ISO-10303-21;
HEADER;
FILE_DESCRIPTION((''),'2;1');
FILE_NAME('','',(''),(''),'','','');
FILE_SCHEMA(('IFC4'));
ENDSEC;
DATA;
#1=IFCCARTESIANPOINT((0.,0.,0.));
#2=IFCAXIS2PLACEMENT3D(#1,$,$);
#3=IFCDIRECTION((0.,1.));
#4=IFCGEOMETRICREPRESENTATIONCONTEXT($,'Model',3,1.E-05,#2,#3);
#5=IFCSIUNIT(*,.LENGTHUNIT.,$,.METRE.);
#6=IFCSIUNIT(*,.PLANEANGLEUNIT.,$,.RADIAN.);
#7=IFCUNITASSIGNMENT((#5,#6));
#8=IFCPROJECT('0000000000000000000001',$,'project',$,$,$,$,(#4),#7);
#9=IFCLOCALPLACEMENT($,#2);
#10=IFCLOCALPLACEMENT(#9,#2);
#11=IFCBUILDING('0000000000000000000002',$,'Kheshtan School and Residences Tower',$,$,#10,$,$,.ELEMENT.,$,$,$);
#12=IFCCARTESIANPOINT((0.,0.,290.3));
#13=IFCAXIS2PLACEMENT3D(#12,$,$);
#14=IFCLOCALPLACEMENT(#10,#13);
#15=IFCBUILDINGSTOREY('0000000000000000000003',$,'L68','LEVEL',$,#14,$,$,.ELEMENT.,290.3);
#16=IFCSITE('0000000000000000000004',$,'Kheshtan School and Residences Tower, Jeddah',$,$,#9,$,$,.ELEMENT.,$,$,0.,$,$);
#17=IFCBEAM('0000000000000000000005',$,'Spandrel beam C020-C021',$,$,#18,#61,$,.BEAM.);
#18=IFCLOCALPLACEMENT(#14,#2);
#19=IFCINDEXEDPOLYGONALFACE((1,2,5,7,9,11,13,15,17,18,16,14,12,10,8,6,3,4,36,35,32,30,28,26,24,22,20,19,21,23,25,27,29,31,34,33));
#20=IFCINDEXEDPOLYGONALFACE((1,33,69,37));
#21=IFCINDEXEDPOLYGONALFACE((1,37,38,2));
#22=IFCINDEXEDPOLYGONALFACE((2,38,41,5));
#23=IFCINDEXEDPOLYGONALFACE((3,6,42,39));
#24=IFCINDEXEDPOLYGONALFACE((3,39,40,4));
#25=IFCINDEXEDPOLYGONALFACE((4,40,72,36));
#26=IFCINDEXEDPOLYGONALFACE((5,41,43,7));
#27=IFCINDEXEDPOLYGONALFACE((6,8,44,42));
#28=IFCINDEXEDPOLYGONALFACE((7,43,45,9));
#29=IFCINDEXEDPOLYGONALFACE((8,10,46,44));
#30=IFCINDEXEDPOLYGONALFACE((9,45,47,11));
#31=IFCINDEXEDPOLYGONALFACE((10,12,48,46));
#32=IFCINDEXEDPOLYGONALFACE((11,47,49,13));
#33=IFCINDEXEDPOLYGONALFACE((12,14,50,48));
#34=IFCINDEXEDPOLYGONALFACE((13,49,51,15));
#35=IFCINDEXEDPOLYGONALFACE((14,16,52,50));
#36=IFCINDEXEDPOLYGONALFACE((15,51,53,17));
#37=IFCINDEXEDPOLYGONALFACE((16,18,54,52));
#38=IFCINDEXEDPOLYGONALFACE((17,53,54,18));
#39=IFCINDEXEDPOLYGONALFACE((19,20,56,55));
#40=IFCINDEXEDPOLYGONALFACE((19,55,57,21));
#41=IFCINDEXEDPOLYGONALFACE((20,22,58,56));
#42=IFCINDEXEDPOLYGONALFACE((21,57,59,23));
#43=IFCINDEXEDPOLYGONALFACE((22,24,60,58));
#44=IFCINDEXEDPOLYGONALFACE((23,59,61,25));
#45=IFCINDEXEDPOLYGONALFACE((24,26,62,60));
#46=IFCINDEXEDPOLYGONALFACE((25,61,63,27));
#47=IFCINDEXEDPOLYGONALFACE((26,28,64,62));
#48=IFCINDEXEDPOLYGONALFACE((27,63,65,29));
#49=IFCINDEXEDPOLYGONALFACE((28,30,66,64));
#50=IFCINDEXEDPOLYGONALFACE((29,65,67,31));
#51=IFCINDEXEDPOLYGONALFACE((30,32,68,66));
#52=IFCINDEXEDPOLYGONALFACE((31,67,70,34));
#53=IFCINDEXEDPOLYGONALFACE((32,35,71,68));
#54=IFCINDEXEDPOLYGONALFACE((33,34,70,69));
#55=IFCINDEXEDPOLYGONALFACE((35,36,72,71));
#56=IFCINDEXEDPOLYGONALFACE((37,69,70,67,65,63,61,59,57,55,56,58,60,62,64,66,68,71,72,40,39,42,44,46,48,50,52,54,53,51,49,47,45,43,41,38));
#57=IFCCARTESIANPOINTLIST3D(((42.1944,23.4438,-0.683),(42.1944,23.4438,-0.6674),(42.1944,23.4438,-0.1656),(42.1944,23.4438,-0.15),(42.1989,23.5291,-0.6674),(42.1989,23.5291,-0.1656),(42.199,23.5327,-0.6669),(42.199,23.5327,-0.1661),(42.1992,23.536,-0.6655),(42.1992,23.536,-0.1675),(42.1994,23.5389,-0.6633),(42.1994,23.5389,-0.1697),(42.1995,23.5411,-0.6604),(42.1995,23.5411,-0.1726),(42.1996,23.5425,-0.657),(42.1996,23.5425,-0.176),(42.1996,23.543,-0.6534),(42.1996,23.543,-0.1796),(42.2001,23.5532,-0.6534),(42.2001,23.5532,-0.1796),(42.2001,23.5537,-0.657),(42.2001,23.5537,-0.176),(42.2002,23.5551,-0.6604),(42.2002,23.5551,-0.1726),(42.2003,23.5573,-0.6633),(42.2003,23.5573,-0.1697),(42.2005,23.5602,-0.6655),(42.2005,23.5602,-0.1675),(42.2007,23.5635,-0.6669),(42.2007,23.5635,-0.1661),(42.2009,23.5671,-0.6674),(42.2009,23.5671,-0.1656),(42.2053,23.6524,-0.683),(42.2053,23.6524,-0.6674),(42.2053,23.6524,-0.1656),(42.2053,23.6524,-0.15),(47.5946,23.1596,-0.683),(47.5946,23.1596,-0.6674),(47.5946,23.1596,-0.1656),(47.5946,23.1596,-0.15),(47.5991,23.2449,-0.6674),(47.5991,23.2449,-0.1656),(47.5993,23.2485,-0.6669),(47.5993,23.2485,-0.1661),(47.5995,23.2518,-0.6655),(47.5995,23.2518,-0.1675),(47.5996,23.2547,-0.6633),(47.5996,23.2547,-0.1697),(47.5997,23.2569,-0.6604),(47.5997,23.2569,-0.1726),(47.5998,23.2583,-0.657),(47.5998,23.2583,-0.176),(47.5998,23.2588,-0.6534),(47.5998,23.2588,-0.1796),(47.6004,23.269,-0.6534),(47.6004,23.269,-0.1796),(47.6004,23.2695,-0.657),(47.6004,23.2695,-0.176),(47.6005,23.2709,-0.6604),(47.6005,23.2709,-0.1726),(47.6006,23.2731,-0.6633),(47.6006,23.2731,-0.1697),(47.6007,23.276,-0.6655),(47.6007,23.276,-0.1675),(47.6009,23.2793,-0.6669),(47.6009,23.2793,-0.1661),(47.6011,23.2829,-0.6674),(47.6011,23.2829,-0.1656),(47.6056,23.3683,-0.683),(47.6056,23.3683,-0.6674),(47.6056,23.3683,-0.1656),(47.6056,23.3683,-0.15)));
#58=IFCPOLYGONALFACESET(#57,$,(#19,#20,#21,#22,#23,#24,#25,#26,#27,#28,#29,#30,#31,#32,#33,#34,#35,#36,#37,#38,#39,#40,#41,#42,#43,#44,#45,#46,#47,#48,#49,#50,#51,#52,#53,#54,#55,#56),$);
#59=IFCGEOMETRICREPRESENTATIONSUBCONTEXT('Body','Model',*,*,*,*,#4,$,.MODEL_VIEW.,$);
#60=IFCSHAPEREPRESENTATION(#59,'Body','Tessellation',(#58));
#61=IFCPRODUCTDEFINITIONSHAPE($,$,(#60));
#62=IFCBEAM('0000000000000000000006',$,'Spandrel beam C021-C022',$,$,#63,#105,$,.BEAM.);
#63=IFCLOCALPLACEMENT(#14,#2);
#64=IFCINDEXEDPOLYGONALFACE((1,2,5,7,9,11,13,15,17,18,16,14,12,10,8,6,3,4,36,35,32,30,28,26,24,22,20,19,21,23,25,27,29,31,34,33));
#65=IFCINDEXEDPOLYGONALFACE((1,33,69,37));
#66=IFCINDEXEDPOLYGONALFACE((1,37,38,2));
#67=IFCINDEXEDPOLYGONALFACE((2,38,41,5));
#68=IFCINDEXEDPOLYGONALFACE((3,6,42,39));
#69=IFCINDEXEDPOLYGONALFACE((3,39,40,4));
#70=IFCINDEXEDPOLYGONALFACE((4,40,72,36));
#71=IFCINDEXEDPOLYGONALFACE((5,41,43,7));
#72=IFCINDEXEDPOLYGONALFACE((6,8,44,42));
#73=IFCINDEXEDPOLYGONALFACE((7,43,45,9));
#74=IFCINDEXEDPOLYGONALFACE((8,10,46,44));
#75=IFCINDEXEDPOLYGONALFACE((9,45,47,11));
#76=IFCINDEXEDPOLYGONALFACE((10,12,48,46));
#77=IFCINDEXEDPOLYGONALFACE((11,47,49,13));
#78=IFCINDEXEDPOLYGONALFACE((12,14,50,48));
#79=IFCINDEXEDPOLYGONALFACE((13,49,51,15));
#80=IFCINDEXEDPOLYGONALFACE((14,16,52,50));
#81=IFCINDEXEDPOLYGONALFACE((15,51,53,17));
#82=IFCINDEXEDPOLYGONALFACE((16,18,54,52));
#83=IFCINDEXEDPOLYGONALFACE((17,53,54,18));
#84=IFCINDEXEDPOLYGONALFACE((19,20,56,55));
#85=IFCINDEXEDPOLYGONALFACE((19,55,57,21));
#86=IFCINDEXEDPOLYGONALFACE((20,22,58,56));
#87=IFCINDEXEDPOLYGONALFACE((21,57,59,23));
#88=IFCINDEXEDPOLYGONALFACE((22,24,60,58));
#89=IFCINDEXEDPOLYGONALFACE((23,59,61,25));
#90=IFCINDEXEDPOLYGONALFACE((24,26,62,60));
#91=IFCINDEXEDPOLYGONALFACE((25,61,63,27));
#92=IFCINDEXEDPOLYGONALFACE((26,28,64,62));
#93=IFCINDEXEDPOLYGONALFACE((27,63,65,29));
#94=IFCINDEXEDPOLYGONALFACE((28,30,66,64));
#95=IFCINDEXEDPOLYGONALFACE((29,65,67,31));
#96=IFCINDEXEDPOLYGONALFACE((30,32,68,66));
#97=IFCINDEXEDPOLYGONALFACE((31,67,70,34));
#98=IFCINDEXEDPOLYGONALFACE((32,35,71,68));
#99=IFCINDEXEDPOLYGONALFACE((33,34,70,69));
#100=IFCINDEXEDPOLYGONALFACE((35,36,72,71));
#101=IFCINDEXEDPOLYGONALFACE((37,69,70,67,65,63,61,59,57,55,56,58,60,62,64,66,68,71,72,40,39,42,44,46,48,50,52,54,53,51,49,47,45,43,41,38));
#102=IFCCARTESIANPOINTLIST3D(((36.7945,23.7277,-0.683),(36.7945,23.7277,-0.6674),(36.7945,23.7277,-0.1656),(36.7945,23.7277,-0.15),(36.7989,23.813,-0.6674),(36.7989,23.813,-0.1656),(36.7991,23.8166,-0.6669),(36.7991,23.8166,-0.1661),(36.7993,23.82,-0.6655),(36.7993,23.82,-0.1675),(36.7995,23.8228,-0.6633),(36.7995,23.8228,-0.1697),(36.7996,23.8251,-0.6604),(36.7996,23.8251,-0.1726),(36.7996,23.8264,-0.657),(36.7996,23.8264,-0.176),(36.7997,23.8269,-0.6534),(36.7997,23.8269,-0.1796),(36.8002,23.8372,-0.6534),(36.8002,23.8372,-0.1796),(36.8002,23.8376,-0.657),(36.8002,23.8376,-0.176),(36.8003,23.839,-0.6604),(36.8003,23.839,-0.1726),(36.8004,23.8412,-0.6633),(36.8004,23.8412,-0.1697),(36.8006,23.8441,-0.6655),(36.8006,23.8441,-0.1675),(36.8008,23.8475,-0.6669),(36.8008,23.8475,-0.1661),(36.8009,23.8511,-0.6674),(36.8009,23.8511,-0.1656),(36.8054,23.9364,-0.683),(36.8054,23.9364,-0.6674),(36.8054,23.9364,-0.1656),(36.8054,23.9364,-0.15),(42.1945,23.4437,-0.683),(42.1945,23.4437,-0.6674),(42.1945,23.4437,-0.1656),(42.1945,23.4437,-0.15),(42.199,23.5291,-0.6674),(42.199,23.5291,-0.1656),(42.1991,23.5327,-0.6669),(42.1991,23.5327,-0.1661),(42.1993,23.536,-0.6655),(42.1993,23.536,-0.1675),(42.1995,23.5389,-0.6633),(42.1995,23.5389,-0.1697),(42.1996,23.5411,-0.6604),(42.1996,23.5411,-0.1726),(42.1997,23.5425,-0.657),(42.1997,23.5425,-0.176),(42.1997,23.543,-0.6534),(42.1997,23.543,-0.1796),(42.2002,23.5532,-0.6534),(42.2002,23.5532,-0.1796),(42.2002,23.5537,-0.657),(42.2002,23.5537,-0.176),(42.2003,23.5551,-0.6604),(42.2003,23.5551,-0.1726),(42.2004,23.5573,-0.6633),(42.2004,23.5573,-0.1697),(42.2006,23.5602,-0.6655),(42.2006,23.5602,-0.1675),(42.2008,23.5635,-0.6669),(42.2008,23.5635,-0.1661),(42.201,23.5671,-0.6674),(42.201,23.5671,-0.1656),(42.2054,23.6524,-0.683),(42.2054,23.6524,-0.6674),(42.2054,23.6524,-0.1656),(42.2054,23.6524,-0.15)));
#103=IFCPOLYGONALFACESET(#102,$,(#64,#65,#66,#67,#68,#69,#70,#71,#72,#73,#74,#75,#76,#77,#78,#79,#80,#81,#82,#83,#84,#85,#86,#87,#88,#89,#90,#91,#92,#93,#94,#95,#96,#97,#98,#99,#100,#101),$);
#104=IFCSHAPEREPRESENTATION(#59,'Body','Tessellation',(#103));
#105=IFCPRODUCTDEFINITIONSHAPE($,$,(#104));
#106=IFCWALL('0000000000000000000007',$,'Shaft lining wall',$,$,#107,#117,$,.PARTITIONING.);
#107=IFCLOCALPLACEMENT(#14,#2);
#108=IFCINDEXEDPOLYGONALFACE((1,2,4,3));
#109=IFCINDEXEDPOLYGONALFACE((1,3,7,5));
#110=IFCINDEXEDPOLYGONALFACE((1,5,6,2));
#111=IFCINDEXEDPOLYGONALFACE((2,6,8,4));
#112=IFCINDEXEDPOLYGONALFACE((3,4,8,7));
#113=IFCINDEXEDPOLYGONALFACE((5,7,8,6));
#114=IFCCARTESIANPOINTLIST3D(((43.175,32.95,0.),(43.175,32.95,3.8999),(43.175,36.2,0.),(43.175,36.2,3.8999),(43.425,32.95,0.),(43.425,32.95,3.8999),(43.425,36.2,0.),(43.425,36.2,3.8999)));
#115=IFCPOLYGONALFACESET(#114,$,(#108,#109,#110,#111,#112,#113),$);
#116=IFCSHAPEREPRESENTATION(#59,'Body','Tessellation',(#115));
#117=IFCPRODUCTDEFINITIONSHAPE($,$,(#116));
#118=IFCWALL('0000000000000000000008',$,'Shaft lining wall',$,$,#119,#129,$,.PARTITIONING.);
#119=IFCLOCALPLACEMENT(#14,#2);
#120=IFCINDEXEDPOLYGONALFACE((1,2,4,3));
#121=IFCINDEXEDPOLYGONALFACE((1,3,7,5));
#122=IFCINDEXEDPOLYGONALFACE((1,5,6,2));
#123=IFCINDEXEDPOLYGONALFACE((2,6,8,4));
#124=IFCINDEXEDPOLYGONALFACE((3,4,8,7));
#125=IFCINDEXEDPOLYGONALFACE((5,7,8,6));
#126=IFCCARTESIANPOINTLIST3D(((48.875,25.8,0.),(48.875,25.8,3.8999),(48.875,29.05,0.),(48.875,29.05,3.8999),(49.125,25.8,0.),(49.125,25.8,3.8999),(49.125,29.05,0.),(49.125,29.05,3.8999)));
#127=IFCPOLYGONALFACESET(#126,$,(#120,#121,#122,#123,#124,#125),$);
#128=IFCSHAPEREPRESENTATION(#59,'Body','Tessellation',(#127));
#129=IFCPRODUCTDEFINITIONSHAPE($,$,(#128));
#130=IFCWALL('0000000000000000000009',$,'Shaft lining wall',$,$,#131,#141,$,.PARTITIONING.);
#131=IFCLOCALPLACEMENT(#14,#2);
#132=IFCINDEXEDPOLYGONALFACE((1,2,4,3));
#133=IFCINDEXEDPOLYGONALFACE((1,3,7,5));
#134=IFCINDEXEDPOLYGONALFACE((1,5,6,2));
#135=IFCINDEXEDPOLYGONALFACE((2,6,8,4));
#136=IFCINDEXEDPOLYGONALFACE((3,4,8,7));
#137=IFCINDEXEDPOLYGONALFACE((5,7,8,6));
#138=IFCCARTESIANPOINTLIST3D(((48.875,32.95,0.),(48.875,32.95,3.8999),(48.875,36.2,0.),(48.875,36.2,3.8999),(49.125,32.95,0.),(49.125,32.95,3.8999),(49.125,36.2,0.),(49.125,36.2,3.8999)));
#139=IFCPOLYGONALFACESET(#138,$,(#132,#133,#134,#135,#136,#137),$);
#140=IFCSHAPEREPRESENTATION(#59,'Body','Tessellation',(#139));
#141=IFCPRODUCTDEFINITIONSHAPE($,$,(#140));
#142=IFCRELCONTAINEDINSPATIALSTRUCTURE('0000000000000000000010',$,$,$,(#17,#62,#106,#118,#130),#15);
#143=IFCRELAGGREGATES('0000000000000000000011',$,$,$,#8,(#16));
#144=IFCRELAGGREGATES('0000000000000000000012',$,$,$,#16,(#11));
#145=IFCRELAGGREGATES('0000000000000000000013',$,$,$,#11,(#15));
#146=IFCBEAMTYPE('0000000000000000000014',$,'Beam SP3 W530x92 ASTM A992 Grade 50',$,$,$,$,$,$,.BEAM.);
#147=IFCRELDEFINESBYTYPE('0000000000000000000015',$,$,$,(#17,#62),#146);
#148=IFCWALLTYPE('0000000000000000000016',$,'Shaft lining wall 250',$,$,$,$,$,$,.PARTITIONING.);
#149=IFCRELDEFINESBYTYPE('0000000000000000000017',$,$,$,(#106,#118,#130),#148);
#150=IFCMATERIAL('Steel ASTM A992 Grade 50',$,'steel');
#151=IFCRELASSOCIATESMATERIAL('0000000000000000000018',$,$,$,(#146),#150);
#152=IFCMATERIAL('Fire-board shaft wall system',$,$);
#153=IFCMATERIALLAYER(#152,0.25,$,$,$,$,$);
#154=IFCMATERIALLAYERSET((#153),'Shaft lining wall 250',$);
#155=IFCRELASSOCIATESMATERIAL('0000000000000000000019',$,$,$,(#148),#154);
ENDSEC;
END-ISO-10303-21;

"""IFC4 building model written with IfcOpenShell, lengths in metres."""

from ifc_helpers import new_model, si_unit, direction, frame, frame_2d, origin, origin_2d, place, context, subcontext, project, spatial, rectangle, i_section, extrude, material, layer, layer_set, material_profile, profile_set, type_object, element, save


model = new_model("IFC4")

# Units and contexts
model_context = context("Model", 3, precision=1e-05, world=origin(), true_north=direction((0.0, 1.0)))
body_context = subcontext(model_context, "Body", "Model", "MODEL_VIEW")
ifc_project = project(units=[si_unit("LENGTHUNIT", "METRE"), si_unit("PLANEANGLEUNIT", "RADIAN")], contexts=[model_context])

# Site, building, storey
site_placement = place(None, origin())
site = spatial("IfcSite", under=ifc_project, at=site_placement, Name="Kheshtan School and Residences Tower, Jeddah", CompositionType="ELEMENT", RefElevation=0.0)
building_placement = place(site_placement, origin())
building = spatial("IfcBuilding", under=site, at=building_placement, Name="Kheshtan School and Residences Tower", CompositionType="ELEMENT")
storey_placement = place(building_placement, frame((0.0, 0.0, 290.3)))
storey = spatial("IfcBuildingStorey", under=building, at=storey_placement, Name="L68", Description="LEVEL", CompositionType="ELEMENT", Elevation=290.3)

# Shared definitions
ifc_material_1 = material(Name="Steel ASTM A992 Grade 50", Category="steel")

# Beams
ifc_material_profile_1 = material_profile(ifc_material_1, i_section(OverallWidth=0.209, OverallDepth=0.533, WebThickness=0.0103, FlangeThickness=0.0156, FilletRadius=0.0139, at=origin_2d()), Name="W530x92")
ifc_profile_set_1 = profile_set([ifc_material_profile_1], Name="Steel ASTM A992 Grade 50")
beam_type_1 = type_object("IfcBeamType", Name="Beam SP3 W530x92 ASTM A992 Grade 50", PredefinedType="BEAM", material=ifc_profile_set_1)
beam_1_placement = place(storey_placement, frame((47.6001, 23.2639, -0.4165), z_axis=(-0.998618, 0.052552, 0.0), x_axis=(-0.052552, -0.998618, 0.0)))
element("IfcBeam", 1, at=beam_1_placement, inside=storey, type_object=beam_type_1, Name="Spandrel beam C020-C021", PredefinedType="BEAM", context=body_context, shape_type="SweptSolid", body=[
    extrude(i_section(OverallWidth=0.209, OverallDepth=0.533, WebThickness=0.0103, FlangeThickness=0.0156, FilletRadius=0.0139, at=origin_2d()), origin(), (0.0, 0.0, 1.0), 5.4077),
])
beam_2_placement = place(storey_placement, frame((42.2, 23.5481, -0.4165), z_axis=(-0.99862, 0.052509, 0.0), x_axis=(-0.052509, -0.99862, 0.0)))
element("IfcBeam", 2, at=beam_2_placement, inside=storey, type_object=beam_type_1, Name="Spandrel beam C021-C022", PredefinedType="BEAM", context=body_context, shape_type="SweptSolid", body=[
    extrude(i_section(OverallWidth=0.209, OverallDepth=0.533, WebThickness=0.0103, FlangeThickness=0.0156, FilletRadius=0.0139, at=origin_2d()), origin(), (0.0, 0.0, 1.0), 5.4075),
])

# Walls
ifc_material_2 = material(Name="Fire-board shaft wall system")
ifc_layer = layer(ifc_material_2, 0.25)
ifc_layer_set = layer_set([ifc_layer], Name="Shaft lining wall 250")
wall_type = type_object("IfcWallType", Name="Shaft lining wall 250", PredefinedType="PARTITIONING", material=ifc_layer_set)
for number, where, z_axis, x_axis, name in (
    (3, (43.3, 32.95, 0.0), (0.0, 0.0, 1.0), (0.0, 1.0, 0.0), "Shaft lining wall"),
    (4, (49.0, 25.8, 0.0), (0.0, 0.0, 1.0), (0.0, 1.0, 0.0), "Shaft lining wall"),
    (5, (49.0, 32.95, 0.0), (0.0, 0.0, 1.0), (0.0, 1.0, 0.0), "Shaft lining wall"),
):
    element("IfcWall", number, at=place(storey_placement, frame(where, z_axis=z_axis, x_axis=x_axis)), inside=storey, type_object=wall_type, Name=name, PredefinedType="PARTITIONING", context=body_context, shape_type="SweptSolid", body=[
        extrude(rectangle(XDim=3.25, YDim=0.25, at=frame_2d((1.625, 0.0))), origin(), (0.0, 0.0, 1.0), 3.8999),
    ])

save(model, "model.ifc")
